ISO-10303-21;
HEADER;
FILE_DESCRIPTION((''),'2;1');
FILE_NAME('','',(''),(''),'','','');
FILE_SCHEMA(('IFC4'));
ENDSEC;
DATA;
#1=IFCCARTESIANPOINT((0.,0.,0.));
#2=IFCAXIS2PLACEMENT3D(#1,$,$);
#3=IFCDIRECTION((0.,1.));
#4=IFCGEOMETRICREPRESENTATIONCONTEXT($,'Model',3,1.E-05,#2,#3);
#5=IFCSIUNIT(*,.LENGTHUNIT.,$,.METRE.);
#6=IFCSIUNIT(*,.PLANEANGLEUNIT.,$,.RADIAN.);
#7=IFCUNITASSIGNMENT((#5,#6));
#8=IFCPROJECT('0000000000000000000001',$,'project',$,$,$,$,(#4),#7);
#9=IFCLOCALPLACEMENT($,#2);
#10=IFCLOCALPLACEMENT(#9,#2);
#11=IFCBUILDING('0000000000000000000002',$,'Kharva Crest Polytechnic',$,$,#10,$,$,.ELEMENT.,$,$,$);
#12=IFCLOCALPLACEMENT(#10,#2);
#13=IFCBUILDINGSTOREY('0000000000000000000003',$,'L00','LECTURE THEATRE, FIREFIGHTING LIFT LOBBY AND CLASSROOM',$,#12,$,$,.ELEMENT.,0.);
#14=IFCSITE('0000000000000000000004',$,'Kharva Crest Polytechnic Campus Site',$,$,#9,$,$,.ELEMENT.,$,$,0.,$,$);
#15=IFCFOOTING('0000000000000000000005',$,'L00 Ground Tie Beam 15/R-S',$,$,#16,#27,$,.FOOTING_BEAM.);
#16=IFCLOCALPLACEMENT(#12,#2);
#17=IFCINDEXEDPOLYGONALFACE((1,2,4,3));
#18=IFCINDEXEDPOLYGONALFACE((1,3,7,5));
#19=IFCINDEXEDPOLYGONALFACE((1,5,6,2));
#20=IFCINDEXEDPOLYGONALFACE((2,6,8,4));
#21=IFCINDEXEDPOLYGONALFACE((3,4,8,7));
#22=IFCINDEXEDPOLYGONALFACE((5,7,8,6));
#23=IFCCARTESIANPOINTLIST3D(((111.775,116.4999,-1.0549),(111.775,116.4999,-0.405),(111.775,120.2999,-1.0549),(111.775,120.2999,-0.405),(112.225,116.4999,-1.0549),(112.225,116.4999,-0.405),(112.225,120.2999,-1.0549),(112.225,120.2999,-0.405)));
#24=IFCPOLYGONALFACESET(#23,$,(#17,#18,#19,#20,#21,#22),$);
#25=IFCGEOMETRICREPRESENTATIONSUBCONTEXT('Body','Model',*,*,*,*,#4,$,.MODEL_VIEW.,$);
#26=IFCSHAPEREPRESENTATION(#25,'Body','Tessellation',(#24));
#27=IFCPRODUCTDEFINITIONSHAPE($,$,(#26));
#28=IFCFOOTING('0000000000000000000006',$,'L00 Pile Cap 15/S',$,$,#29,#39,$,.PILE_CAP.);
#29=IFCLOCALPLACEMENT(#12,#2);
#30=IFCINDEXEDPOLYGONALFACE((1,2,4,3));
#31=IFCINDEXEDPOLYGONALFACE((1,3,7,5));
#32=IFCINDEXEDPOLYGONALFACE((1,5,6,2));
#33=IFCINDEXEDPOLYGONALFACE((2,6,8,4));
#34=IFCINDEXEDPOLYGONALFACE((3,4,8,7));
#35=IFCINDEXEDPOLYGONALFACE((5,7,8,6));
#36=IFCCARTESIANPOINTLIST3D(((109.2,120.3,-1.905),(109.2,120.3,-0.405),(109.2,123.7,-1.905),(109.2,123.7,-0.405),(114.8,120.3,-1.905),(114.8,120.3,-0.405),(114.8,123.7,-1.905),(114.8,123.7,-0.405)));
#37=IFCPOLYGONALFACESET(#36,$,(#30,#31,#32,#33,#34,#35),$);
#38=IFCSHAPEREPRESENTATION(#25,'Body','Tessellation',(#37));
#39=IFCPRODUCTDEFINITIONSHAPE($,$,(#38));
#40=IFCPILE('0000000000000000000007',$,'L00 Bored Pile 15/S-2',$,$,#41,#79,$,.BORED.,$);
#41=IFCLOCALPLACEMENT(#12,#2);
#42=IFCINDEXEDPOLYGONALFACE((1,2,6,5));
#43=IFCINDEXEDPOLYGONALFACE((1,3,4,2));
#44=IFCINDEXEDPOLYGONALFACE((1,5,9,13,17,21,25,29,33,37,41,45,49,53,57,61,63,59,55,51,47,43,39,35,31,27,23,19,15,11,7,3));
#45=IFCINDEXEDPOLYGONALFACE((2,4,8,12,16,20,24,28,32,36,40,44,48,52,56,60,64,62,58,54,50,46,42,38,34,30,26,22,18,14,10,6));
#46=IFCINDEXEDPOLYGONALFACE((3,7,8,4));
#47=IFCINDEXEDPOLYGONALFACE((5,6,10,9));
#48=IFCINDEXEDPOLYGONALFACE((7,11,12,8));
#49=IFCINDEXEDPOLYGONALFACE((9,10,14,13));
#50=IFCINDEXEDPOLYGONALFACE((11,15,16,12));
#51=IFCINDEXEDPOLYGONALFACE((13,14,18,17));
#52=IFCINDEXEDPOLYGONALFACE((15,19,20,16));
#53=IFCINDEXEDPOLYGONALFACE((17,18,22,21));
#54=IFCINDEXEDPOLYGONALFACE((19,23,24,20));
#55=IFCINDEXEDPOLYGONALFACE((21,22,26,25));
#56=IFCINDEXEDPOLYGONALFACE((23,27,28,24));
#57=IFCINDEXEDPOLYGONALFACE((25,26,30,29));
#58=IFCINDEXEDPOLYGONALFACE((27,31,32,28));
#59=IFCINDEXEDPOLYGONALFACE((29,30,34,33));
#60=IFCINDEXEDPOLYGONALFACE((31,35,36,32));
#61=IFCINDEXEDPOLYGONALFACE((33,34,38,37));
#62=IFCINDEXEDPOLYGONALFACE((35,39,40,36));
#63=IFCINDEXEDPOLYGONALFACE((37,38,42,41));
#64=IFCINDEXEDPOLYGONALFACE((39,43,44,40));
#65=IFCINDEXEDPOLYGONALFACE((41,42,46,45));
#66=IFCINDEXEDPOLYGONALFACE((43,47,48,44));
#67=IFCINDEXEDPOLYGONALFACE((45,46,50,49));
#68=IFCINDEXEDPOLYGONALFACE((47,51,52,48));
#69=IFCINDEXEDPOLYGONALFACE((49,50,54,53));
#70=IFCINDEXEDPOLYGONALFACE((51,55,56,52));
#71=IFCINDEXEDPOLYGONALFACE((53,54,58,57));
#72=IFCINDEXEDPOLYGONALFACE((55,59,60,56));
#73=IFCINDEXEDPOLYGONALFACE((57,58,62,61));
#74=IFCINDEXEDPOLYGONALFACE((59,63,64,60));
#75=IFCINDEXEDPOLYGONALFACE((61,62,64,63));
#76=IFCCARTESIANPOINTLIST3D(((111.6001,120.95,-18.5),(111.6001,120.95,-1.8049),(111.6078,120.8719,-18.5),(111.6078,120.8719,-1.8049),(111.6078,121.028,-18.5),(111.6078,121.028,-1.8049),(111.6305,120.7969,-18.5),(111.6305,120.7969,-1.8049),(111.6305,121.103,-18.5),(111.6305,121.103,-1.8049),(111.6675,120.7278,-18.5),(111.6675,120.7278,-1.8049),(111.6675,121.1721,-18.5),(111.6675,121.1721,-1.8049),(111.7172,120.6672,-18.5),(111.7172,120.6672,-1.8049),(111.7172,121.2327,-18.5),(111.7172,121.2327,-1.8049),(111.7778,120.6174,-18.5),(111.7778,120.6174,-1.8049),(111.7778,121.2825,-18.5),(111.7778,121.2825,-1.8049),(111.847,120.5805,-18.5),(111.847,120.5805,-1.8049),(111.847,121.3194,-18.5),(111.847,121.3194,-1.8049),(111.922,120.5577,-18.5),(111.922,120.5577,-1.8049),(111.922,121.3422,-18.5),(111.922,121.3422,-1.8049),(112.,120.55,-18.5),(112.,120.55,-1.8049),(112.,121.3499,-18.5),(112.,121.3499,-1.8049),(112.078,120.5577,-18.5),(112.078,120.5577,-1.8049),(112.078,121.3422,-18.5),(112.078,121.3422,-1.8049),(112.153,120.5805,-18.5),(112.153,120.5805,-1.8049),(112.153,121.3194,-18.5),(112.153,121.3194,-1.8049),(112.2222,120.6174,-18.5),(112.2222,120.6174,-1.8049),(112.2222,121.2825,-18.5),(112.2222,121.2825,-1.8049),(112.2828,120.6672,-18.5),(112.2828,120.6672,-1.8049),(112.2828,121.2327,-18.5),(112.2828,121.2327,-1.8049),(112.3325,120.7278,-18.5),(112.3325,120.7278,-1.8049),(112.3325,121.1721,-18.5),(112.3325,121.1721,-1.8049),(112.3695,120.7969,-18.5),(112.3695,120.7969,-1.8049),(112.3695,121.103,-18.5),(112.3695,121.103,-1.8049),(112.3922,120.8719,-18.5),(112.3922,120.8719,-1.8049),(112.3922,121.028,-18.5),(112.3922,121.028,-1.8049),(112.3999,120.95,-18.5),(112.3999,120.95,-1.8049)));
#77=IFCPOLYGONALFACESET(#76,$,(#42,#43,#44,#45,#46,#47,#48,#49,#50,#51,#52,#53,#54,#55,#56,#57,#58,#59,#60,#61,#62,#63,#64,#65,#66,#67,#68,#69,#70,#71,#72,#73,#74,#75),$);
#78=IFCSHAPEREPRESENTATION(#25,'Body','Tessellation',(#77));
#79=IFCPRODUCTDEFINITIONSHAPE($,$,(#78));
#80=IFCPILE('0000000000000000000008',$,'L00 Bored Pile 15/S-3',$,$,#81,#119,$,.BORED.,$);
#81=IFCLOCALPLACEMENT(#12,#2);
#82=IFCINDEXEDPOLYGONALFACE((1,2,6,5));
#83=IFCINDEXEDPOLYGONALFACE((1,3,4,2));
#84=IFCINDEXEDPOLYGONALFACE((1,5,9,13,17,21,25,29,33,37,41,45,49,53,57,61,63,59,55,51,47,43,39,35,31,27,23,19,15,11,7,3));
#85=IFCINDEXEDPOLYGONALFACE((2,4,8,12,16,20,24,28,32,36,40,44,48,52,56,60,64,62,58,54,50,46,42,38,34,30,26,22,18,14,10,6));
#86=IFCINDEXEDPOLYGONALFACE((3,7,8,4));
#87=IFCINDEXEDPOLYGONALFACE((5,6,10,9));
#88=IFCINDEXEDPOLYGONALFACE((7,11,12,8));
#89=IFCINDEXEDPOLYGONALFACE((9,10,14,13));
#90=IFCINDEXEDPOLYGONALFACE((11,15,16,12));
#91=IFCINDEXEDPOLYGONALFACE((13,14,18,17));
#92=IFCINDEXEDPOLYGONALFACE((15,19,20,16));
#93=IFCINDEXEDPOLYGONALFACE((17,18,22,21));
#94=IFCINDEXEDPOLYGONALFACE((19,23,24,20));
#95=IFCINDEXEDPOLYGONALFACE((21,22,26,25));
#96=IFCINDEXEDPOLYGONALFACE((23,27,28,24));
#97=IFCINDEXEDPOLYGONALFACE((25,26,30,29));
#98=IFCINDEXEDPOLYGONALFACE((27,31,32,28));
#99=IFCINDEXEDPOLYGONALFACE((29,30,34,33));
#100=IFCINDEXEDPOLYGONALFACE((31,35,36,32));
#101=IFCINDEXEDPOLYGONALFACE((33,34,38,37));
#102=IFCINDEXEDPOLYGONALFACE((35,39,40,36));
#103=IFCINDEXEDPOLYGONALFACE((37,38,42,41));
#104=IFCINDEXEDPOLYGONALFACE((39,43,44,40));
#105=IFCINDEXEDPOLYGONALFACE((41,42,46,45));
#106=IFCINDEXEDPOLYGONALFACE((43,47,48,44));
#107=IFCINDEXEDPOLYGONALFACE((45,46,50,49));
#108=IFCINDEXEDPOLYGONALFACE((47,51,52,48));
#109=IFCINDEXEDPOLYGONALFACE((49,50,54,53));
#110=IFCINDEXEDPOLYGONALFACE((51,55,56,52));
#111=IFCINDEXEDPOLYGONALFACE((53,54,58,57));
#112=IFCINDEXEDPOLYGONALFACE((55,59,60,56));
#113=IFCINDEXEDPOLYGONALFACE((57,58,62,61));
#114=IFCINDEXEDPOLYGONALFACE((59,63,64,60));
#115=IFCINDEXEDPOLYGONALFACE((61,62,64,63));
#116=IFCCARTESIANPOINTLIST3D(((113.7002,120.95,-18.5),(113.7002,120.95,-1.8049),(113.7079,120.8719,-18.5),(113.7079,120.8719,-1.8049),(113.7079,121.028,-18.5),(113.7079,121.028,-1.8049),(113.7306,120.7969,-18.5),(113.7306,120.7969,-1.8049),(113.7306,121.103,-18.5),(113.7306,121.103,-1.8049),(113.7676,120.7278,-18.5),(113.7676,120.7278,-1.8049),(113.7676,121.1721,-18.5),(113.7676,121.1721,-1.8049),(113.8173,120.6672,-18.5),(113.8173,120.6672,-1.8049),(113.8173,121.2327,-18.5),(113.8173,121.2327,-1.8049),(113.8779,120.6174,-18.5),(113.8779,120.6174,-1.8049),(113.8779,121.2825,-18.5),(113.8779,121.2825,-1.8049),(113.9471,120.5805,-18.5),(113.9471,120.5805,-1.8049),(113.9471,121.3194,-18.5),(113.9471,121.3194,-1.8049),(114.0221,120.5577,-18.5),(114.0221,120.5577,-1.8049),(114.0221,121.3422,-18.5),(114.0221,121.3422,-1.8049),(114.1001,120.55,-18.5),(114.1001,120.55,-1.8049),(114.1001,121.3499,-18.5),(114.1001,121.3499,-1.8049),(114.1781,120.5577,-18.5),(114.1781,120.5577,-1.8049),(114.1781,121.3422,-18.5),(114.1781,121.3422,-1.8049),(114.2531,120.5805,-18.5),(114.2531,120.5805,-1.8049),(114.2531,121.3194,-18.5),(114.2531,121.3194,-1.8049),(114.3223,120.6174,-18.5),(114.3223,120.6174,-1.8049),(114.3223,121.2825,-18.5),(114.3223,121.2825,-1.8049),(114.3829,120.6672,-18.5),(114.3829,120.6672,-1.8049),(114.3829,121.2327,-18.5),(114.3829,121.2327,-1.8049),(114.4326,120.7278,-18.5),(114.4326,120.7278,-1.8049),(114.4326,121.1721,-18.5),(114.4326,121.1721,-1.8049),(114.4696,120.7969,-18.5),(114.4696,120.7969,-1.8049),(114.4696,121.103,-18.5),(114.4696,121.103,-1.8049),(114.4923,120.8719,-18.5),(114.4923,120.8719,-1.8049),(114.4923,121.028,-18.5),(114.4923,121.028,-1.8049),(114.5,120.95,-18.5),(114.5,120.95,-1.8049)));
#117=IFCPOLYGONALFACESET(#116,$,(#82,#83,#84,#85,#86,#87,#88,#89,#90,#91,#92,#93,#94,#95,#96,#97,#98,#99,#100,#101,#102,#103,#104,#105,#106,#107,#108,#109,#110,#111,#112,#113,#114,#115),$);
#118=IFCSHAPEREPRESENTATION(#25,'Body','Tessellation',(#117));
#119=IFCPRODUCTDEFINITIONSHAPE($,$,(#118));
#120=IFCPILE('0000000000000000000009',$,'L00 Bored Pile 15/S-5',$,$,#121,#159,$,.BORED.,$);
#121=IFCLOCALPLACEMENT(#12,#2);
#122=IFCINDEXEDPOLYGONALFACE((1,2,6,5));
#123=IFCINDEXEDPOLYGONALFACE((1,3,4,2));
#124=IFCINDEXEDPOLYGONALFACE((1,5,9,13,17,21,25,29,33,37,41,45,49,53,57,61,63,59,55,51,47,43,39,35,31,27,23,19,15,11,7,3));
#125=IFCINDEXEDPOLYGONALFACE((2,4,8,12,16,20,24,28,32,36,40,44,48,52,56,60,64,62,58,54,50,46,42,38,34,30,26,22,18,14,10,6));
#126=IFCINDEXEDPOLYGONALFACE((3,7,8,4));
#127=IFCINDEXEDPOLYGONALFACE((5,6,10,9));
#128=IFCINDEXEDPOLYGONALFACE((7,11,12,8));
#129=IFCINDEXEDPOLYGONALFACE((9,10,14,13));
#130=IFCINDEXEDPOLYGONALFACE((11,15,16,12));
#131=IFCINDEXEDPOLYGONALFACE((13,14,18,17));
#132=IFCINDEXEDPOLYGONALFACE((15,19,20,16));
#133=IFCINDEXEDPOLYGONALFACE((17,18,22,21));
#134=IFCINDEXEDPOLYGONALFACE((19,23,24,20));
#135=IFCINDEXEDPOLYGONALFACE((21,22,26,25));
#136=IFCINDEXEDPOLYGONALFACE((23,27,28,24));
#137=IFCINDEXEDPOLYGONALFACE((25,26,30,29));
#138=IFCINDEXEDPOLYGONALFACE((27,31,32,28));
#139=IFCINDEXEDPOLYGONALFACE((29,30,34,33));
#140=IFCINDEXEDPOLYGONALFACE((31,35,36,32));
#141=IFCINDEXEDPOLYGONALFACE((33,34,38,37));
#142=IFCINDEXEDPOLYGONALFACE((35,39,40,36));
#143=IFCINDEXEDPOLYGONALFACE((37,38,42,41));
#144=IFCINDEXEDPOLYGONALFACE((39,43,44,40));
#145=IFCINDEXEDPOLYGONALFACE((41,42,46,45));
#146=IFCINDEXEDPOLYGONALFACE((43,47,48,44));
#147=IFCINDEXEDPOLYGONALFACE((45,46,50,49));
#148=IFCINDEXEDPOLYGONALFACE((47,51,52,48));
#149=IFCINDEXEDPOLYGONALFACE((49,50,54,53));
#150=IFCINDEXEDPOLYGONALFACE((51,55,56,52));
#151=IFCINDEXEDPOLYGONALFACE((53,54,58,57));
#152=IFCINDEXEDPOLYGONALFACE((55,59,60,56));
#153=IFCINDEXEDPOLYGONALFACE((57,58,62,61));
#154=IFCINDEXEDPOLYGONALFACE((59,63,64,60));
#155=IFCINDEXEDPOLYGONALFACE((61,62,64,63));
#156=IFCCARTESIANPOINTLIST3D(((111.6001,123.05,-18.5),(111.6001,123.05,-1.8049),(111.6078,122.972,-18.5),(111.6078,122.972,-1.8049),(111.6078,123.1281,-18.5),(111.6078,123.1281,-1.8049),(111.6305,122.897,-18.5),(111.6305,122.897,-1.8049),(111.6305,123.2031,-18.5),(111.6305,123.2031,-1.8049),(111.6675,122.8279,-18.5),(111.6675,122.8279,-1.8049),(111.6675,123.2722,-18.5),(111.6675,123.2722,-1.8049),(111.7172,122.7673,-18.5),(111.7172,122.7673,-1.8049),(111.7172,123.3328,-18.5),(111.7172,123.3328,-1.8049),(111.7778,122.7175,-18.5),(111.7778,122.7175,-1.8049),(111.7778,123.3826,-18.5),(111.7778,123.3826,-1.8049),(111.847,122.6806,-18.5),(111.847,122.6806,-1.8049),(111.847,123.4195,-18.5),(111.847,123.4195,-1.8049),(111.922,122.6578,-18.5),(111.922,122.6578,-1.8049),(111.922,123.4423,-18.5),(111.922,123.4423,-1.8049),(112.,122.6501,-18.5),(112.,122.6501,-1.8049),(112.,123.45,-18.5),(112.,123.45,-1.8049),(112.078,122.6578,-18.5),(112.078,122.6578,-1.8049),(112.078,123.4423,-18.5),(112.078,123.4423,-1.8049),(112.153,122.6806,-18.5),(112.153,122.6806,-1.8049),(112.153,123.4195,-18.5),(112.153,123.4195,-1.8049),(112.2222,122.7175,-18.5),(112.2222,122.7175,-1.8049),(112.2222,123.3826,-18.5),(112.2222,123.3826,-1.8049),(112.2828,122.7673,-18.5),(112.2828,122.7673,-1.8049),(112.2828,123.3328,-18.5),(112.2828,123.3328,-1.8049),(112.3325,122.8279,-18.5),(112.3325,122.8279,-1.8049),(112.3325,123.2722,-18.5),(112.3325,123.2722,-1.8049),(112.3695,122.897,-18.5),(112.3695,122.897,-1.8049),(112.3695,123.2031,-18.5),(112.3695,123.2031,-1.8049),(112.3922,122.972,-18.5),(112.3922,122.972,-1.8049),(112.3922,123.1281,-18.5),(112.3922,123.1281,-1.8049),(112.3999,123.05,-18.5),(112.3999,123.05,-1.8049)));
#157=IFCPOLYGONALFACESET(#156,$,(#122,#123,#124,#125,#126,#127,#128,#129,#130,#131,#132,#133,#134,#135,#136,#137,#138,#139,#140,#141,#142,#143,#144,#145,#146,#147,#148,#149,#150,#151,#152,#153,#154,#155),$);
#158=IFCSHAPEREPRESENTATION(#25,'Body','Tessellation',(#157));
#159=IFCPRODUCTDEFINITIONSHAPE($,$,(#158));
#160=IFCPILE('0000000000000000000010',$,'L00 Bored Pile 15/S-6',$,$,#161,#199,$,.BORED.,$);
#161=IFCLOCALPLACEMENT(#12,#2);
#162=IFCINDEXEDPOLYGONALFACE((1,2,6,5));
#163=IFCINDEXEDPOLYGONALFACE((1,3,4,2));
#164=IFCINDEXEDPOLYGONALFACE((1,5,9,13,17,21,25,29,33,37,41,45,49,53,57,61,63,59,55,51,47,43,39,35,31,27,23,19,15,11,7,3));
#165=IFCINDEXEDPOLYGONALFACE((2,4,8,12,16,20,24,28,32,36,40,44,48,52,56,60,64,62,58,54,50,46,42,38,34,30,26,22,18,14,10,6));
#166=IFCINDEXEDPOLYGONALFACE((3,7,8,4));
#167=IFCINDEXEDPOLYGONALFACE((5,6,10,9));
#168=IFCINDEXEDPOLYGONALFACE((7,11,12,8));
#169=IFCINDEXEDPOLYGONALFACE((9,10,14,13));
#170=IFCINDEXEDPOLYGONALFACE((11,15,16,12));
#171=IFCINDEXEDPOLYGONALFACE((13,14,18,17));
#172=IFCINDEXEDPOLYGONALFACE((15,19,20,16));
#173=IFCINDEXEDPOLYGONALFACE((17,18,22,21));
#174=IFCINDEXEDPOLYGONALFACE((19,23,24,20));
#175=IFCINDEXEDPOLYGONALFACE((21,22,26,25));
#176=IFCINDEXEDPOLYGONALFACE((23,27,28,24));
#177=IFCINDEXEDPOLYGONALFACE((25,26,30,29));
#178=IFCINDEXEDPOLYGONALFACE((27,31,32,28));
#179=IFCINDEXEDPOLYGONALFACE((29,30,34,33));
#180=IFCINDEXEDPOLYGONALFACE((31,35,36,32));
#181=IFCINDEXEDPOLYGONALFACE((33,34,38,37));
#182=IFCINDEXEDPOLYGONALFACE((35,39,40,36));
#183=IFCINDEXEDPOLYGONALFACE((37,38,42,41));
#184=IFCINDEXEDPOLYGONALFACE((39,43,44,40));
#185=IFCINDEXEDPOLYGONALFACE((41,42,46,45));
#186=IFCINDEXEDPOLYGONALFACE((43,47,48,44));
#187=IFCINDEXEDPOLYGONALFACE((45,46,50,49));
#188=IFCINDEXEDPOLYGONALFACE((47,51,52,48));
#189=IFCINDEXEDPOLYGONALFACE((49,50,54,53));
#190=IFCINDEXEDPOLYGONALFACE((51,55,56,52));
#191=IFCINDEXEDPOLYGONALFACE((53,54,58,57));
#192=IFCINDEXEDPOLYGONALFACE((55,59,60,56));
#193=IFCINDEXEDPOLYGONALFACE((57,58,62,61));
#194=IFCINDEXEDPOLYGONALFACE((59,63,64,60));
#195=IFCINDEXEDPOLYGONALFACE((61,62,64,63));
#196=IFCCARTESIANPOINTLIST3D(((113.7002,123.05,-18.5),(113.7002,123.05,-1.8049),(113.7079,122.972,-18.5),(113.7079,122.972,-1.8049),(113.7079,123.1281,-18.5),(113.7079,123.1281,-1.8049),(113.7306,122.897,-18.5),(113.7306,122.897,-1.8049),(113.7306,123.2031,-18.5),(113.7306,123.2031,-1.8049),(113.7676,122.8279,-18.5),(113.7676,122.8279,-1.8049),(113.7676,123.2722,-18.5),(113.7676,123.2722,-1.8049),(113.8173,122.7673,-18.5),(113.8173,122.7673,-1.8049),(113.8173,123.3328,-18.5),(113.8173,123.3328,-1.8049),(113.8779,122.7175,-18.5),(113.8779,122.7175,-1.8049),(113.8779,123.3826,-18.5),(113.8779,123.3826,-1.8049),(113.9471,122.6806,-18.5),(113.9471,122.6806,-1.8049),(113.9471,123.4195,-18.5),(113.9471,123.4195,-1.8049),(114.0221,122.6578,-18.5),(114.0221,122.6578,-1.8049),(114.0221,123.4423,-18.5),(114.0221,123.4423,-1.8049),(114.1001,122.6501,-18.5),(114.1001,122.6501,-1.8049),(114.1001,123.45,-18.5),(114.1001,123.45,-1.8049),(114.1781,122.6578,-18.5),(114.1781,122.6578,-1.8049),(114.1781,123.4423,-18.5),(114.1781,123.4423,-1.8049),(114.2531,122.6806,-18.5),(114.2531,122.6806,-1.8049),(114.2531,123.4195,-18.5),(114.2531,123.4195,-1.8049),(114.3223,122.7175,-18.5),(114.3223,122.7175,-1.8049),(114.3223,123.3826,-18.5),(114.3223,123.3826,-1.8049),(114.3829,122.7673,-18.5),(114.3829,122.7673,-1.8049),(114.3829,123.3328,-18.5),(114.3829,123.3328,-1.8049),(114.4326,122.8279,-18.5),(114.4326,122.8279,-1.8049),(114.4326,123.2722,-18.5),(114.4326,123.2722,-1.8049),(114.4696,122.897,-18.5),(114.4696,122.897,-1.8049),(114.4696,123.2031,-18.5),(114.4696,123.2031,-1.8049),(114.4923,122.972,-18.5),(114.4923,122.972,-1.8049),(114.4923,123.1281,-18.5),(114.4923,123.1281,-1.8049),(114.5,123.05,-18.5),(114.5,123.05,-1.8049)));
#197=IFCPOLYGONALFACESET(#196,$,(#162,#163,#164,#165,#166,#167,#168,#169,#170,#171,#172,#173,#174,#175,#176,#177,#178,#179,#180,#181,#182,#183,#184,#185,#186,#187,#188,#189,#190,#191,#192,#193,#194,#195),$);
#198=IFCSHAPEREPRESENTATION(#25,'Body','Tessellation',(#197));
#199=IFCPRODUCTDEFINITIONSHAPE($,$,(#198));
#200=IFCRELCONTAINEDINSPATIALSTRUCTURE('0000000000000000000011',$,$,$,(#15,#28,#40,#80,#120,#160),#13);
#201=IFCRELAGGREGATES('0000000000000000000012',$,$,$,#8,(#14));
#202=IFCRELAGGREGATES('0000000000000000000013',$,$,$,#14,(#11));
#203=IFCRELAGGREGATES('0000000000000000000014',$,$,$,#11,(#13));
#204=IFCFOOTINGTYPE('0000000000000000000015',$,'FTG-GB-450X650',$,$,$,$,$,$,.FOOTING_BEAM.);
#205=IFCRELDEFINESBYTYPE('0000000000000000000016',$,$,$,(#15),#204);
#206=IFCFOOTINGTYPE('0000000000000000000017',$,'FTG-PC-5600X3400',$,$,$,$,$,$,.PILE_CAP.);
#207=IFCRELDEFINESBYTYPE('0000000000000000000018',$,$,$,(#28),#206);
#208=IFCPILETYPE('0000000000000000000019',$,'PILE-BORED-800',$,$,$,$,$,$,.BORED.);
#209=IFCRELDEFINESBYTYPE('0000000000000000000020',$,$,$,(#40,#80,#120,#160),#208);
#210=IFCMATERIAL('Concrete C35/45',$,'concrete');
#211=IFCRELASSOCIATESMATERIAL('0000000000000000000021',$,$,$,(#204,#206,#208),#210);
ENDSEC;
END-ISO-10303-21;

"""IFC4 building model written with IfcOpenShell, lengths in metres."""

from ifc_helpers import new_model, si_unit, direction, frame, origin, origin_2d, place, context, subcontext, project, spatial, rectangle, circle, extrude, material, material_profile, profile_set, type_object, element, save


model = new_model("IFC4")

# Units and contexts
model_context = context("Model", 3, precision=1e-05, world=origin(), true_north=direction((0.0, 1.0)))
body_context = subcontext(model_context, "Body", "Model", "MODEL_VIEW")
ifc_project = project(units=[si_unit("LENGTHUNIT", "METRE"), si_unit("PLANEANGLEUNIT", "RADIAN")], contexts=[model_context])

# Site, building, storey
site_placement = place(None, origin())
site = spatial("IfcSite", under=ifc_project, at=site_placement, Name="Kharva Crest Polytechnic Campus Site", CompositionType="ELEMENT", RefElevation=0.0)
building_placement = place(site_placement, origin())
building = spatial("IfcBuilding", under=site, at=building_placement, Name="Kharva Crest Polytechnic", CompositionType="ELEMENT")
storey_placement = place(building_placement, origin())
storey = spatial("IfcBuildingStorey", under=building, at=storey_placement, Name="L00", Description="LECTURE THEATRE, FIREFIGHTING LIFT LOBBY AND CLASSROOM", CompositionType="ELEMENT", Elevation=0.0)

# Footings
ifc_material_1 = material(Name="Concrete C35/45", Category="concrete")
footing_type_1 = type_object("IfcFootingType", Name="FTG-GB-450X650", PredefinedType="FOOTING_BEAM", material=ifc_material_1)
footing_1_placement = place(storey_placement, frame((112.0, 118.3999, -1.0549), z_axis=(0.0, 0.0, 1.0), x_axis=(0.0, 1.0, 0.0)))
element("IfcFooting", 1, at=footing_1_placement, inside=storey, type_object=footing_type_1, Name="L00 Ground Tie Beam 15/R-S", PredefinedType="FOOTING_BEAM", context=body_context, shape_type="SweptSolid", body=[
    extrude(rectangle(XDim=3.8, YDim=0.45, at=origin_2d()), origin(), (0.0, 0.0, 1.0), 0.6499),
])
footing_type_2 = type_object("IfcFootingType", Name="FTG-PC-5600X3400", PredefinedType="PILE_CAP", material=ifc_material_1)
footing_2_placement = place(storey_placement, frame((112.0, 122.0, -1.905), z_axis=(0.0, 0.0, 1.0), x_axis=(1.0, 0.0, 0.0)))
element("IfcFooting", 2, at=footing_2_placement, inside=storey, type_object=footing_type_2, Name="L00 Pile Cap 15/S", PredefinedType="PILE_CAP", context=body_context, shape_type="SweptSolid", body=[
    extrude(rectangle(XDim=5.6001, YDim=3.3999, at=origin_2d()), origin(), (0.0, 0.0, 1.0), 1.5),
])

# Piles
ifc_material_profile_1 = material_profile(ifc_material_1, circle(Radius=0.3999, at=origin_2d()), Name="DIA 800")
ifc_profile_set_1 = profile_set([ifc_material_profile_1], Name="Concrete C35/45")
pile_type = type_object("IfcPileType", Name="PILE-BORED-800", PredefinedType="BORED", material=ifc_profile_set_1)
for number, where, z_axis, x_axis, name in (
    (3, (112.0, 120.95, -1.8049), (0.0, 0.0, -1.0), (1.0, 0.0, 0.0), "L00 Bored Pile 15/S-2"),
    (4, (114.1001, 120.95, -1.8049), (0.0, 0.0, -1.0), (1.0, 0.0, 0.0), "L00 Bored Pile 15/S-3"),
    (5, (112.0, 123.05, -1.8049), (0.0, 0.0, -1.0), (1.0, 0.0, 0.0), "L00 Bored Pile 15/S-5"),
    (6, (114.1001, 123.05, -1.8049), (0.0, 0.0, -1.0), (1.0, 0.0, 0.0), "L00 Bored Pile 15/S-6"),
):
    element("IfcPile", number, at=place(storey_placement, frame(where, z_axis=z_axis, x_axis=x_axis)), inside=storey, type_object=pile_type, Name=name, PredefinedType="BORED", context=body_context, shape_type="SweptSolid", body=[
        extrude(circle(Radius=0.3999, at=origin_2d()), origin(), (0.0, 0.0, 1.0), 16.6951),
    ])

save(model, "model.ifc")
